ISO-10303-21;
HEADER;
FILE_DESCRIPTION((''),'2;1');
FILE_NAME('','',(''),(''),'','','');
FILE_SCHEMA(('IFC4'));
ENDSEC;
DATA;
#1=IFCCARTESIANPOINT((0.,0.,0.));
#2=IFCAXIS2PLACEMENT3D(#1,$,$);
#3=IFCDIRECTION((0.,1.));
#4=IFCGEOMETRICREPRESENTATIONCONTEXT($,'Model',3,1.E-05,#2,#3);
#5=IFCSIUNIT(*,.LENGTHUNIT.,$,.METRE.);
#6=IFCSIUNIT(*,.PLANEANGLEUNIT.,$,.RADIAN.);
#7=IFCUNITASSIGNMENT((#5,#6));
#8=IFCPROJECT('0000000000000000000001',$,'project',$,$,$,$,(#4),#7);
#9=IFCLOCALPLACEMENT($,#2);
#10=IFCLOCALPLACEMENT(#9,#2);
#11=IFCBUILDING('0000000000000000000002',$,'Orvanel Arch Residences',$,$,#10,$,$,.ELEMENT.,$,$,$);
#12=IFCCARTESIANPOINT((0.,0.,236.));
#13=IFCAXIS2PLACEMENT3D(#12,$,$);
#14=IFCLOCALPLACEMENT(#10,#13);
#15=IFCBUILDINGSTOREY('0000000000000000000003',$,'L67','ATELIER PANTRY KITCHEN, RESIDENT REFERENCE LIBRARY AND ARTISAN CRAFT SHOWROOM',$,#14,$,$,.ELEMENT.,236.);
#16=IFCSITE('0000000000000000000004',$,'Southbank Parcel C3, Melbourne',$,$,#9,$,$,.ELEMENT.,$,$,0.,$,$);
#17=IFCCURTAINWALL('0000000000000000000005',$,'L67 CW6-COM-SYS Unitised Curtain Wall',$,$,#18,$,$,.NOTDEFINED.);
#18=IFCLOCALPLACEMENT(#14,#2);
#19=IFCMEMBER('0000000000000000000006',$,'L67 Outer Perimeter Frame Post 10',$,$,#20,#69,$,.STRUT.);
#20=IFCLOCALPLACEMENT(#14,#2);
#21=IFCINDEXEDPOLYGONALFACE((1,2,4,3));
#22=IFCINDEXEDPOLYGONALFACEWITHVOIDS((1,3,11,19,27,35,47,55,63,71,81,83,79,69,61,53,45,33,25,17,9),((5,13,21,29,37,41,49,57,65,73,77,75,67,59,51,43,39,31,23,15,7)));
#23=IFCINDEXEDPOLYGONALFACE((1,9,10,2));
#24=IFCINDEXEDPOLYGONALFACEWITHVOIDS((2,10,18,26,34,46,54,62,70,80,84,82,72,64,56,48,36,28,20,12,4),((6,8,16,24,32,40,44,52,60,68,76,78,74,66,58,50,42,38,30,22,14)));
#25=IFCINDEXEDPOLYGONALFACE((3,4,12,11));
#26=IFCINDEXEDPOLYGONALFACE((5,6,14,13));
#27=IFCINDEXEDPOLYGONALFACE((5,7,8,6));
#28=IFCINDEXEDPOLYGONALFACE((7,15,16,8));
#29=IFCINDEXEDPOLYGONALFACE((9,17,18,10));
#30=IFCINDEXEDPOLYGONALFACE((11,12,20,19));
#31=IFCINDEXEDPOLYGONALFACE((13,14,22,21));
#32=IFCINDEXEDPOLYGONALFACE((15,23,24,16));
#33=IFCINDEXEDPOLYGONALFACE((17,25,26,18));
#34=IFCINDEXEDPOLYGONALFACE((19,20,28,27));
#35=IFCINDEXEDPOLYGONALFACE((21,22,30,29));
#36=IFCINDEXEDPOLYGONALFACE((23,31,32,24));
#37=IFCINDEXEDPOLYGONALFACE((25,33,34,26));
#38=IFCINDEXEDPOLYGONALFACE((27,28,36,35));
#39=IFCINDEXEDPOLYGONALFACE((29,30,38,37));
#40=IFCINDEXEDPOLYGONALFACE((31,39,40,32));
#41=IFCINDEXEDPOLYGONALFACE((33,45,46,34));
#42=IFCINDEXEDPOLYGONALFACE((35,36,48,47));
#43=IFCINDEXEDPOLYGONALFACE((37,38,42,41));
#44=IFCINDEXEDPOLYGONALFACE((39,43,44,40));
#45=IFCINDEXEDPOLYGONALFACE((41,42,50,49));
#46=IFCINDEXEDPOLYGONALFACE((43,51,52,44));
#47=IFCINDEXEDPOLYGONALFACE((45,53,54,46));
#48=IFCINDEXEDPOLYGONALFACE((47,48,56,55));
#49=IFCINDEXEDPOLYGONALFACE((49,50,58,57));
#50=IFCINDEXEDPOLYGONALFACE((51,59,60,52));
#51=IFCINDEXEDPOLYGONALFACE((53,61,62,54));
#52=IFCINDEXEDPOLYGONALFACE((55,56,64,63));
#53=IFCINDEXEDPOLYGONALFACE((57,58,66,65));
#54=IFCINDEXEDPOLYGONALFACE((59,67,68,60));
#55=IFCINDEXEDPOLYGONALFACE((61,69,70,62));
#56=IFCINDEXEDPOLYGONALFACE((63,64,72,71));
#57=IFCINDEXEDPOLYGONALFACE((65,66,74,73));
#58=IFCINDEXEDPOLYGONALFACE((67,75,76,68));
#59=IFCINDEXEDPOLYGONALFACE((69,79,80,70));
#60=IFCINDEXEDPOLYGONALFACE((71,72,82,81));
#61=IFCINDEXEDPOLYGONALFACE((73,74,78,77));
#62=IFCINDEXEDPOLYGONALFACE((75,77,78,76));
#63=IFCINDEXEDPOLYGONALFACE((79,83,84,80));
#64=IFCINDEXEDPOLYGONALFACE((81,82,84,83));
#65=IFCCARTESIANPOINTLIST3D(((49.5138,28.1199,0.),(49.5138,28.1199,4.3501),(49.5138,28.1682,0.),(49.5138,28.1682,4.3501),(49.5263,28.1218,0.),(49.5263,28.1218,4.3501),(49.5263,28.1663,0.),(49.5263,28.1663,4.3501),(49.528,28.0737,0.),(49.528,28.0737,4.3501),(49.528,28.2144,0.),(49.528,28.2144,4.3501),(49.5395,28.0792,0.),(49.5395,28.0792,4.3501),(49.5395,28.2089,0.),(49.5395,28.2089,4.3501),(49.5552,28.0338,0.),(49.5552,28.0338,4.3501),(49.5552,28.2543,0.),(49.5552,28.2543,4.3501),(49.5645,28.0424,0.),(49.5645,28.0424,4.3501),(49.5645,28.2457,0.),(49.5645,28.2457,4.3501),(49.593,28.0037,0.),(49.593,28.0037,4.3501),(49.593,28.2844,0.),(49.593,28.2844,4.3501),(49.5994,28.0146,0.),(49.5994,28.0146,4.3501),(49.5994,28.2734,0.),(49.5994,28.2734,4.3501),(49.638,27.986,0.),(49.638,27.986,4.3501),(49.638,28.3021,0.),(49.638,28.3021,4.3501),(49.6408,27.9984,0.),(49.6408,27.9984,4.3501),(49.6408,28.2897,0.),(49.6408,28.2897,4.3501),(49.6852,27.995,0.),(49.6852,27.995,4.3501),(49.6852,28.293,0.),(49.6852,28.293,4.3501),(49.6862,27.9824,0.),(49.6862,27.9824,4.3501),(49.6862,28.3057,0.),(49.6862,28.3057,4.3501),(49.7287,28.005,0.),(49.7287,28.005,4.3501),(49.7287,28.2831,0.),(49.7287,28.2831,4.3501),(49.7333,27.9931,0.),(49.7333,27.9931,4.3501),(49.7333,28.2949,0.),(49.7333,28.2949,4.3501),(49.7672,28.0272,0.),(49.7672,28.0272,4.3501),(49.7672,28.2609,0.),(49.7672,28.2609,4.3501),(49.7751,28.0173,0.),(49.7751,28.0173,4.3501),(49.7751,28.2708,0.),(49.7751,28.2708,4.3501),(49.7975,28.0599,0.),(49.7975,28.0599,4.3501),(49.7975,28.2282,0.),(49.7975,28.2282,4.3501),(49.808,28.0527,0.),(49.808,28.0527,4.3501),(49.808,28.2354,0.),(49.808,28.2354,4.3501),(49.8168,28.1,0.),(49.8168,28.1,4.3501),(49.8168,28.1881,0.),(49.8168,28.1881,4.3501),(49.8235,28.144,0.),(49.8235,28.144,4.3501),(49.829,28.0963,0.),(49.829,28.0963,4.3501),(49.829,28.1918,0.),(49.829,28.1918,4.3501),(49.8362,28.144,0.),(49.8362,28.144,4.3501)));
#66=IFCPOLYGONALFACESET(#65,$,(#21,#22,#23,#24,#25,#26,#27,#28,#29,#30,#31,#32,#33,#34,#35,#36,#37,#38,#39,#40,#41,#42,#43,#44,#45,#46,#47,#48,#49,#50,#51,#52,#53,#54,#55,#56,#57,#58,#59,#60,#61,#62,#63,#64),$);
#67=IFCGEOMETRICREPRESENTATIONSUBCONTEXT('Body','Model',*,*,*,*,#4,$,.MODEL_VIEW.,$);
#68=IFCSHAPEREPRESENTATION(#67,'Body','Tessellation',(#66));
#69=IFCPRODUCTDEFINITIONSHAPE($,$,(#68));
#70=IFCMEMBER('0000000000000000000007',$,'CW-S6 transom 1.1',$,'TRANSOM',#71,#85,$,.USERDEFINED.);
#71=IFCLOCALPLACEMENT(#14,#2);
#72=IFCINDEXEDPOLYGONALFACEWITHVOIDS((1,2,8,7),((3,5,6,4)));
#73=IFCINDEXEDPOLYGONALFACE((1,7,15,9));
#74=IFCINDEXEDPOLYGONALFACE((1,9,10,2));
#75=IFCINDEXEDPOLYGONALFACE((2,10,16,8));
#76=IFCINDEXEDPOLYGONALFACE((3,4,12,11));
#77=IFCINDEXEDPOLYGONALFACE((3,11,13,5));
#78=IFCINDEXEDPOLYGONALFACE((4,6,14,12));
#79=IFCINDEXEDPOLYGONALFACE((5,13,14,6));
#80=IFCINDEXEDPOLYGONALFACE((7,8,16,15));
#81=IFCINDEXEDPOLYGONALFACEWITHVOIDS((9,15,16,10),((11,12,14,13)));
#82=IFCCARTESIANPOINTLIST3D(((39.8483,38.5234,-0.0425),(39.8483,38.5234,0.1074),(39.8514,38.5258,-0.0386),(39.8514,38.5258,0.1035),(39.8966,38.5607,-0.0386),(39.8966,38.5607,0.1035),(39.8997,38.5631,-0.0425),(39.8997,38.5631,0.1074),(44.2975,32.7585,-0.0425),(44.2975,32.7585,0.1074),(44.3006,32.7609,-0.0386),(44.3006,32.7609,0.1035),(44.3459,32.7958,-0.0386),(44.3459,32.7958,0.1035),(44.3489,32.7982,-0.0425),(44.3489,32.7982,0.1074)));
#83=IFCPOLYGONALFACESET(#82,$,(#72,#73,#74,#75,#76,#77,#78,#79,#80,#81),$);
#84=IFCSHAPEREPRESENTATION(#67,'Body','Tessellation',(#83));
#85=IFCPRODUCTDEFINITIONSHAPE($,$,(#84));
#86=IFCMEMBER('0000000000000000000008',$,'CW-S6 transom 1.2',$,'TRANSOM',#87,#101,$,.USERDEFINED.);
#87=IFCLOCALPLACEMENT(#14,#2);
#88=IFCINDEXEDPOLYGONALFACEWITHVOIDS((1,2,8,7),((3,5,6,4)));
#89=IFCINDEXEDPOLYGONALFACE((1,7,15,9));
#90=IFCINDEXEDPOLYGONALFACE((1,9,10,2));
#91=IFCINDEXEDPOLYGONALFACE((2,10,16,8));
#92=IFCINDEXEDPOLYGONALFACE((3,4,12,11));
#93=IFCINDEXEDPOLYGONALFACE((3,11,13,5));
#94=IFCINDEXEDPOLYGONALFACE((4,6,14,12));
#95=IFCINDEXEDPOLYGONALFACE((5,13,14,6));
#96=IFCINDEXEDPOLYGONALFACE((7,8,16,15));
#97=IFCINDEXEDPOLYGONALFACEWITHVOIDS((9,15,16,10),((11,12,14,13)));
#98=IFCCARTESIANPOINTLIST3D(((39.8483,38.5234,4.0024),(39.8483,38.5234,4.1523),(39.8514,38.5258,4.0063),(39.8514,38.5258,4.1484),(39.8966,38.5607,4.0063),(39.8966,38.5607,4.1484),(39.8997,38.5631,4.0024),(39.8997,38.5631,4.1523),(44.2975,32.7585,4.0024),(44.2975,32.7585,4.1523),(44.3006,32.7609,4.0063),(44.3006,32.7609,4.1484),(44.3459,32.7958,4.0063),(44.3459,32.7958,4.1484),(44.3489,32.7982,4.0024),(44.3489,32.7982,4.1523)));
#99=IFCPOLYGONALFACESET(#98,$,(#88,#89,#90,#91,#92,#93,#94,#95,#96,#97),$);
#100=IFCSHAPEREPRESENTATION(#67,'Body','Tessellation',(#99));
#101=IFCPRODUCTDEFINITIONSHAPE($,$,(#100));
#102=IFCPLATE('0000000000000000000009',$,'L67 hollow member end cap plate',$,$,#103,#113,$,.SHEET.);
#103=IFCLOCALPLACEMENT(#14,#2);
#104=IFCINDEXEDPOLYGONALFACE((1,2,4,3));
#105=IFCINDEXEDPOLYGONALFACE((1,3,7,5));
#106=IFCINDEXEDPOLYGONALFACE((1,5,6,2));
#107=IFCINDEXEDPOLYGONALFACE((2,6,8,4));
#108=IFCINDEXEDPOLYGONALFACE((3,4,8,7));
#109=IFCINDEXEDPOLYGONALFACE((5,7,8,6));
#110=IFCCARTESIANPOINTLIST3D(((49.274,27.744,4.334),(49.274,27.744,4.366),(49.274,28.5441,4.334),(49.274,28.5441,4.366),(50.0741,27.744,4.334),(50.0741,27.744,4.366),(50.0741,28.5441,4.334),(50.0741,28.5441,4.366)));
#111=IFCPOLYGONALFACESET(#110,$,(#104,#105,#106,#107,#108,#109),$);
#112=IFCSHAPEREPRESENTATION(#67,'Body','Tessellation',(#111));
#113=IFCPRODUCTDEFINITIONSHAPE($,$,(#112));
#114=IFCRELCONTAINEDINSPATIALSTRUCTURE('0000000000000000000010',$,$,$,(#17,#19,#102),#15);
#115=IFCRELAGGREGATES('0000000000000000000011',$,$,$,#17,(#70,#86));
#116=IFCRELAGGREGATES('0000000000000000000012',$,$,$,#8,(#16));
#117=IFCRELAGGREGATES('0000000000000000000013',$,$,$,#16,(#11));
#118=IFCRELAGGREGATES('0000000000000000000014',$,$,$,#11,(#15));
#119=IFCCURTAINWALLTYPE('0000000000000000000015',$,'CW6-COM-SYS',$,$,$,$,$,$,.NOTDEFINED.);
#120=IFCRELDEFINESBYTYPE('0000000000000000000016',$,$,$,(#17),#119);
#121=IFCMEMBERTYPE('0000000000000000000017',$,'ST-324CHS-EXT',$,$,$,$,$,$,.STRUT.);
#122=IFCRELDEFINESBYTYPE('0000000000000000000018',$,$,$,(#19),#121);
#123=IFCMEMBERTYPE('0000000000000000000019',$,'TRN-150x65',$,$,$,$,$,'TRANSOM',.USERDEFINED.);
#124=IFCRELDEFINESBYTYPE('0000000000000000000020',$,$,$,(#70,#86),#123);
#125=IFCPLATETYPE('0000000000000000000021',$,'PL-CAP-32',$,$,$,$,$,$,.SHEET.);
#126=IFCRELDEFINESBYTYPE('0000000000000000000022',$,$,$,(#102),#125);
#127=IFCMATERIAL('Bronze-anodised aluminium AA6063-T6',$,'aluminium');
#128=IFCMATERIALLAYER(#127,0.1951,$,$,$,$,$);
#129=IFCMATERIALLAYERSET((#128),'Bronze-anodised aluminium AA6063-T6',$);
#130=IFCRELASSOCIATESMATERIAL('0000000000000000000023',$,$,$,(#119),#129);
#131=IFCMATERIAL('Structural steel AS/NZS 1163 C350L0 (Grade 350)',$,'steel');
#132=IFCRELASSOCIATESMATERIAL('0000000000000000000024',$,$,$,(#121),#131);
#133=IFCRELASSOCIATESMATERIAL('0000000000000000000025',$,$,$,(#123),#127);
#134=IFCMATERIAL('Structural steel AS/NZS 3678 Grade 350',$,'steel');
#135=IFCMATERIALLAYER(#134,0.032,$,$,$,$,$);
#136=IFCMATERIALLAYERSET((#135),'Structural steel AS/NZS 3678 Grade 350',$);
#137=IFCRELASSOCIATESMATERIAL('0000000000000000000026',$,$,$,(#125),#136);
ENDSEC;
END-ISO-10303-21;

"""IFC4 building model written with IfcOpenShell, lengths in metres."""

from ifc_helpers import new_model, si_unit, direction, frame, origin, origin_2d, place, context, subcontext, project, spatial, rectangle, hollow_rectangle, hollow_circle, extrude, material, layer, layer_set, material_profile, profile_set, type_object, element, aggregate, save


model = new_model("IFC4")

# Units and contexts
model_context = context("Model", 3, precision=1e-05, world=origin(), true_north=direction((0.0, 1.0)))
body_context = subcontext(model_context, "Body", "Model", "MODEL_VIEW")
ifc_project = project(units=[si_unit("LENGTHUNIT", "METRE"), si_unit("PLANEANGLEUNIT", "RADIAN")], contexts=[model_context])

# Site, building, storey
site_placement = place(None, origin())
site = spatial("IfcSite", under=ifc_project, at=site_placement, Name="Southbank Parcel C3, Melbourne", CompositionType="ELEMENT", RefElevation=0.0)
building_placement = place(site_placement, origin())
building = spatial("IfcBuilding", under=site, at=building_placement, Name="Orvanel Arch Residences", CompositionType="ELEMENT")
storey_placement = place(building_placement, frame((0.0, 0.0, 236.0)))
storey = spatial("IfcBuildingStorey", under=building, at=storey_placement, Name="L67", Description="ATELIER PANTRY KITCHEN, RESIDENT REFERENCE LIBRARY AND ARTISAN CRAFT SHOWROOM", CompositionType="ELEMENT", Elevation=236.0)

# Shared definitions
ifc_material_1 = material(Name="Structural steel AS/NZS 1163 C350L0 (Grade 350)", Category="steel")

# Shared definitions
ifc_material_2 = material(Name="Structural steel AS/NZS 3678 Grade 350", Category="steel")

# Curtain wall
ifc_material_3 = material(Name="Bronze-anodised aluminium AA6063-T6", Category="aluminium")
ifc_layer_1 = layer(ifc_material_3, 0.1951)
ifc_layer_set_1 = layer_set([ifc_layer_1], Name="Bronze-anodised aluminium AA6063-T6")
curtain_wall_type = type_object("IfcCurtainWallType", Name="CW6-COM-SYS", PredefinedType="NOTDEFINED", material=ifc_layer_set_1)
curtain_wall_placement = place(storey_placement, origin())
curtain_wall = element("IfcCurtainWall", 1, at=curtain_wall_placement, inside=storey, type_object=curtain_wall_type, Name="L67 CW6-COM-SYS Unitised Curtain Wall", PredefinedType="NOTDEFINED")

# Members
ifc_material_profile_1 = material_profile(ifc_material_1, hollow_circle(Radius=0.1621, WallThickness=0.0127, at=origin_2d()), Name="CHS324x12.7")
ifc_profile_set_1 = profile_set([ifc_material_profile_1], Name="Structural steel AS/NZS 1163 C350L0 (Grade 350)")
member_type_1 = type_object("IfcMemberType", Name="ST-324CHS-EXT", PredefinedType="STRUT", material=ifc_profile_set_1)
member_1_placement = place(storey_placement, frame((49.6741, 28.144, 0.0), z_axis=(0.0, 0.0, 1.0), x_axis=(1.0, 0.0, 0.0)))
element("IfcMember", 2, at=member_1_placement, inside=storey, type_object=member_type_1, Name="L67 Outer Perimeter Frame Post 10", PredefinedType="STRUT", context=body_context, shape_type="SweptSolid", body=[
    extrude(hollow_circle(Radius=0.1621, WallThickness=0.0127, at=origin_2d()), origin(), (0.0, 0.0, 1.0), 4.3501),
])
ifc_material_profile_2 = material_profile(ifc_material_3, hollow_rectangle(XDim=0.0649, YDim=0.1499, WallThickness=0.0039, at=origin_2d()), Name="ALU150x65x4")
ifc_profile_set_2 = profile_set([ifc_material_profile_2], Name="Bronze-anodised aluminium AA6063-T6")
member_type_2 = type_object("IfcMemberType", Name="TRN-150x65", ElementType="TRANSOM", PredefinedType="USERDEFINED", material=ifc_profile_set_2)
member_2_placement = place(storey_placement, frame((44.3232, 32.7783, 0.0325), z_axis=(-0.610977, 0.791648, 0.0), x_axis=(-0.791648, -0.610977, 0.0)))
member_2 = element("IfcMember", 3, at=member_2_placement, type_object=member_type_2, Name="CW-S6 transom 1.1", ObjectType="TRANSOM", PredefinedType="USERDEFINED", context=body_context, shape_type="SweptSolid", body=[
    extrude(hollow_rectangle(XDim=0.0649, YDim=0.1499, WallThickness=0.0039, at=origin_2d()), origin(), (0.0, 0.0, 1.0), 7.2822),
])
member_3_placement = place(storey_placement, frame((44.3232, 32.7783, 4.0774), z_axis=(-0.610977, 0.791648, 0.0), x_axis=(-0.791648, -0.610977, 0.0)))
member_3 = element("IfcMember", 4, at=member_3_placement, type_object=member_type_2, Name="CW-S6 transom 1.2", ObjectType="TRANSOM", PredefinedType="USERDEFINED", context=body_context, shape_type="SweptSolid", body=[
    extrude(hollow_rectangle(XDim=0.0649, YDim=0.1499, WallThickness=0.0039, at=origin_2d()), origin(), (0.0, 0.0, 1.0), 7.2822),
])
aggregate(curtain_wall, [member_2, member_3])

# Plate
ifc_layer_2 = layer(ifc_material_2, 0.032)
ifc_layer_set_2 = layer_set([ifc_layer_2], Name="Structural steel AS/NZS 3678 Grade 350")
plate_type = type_object("IfcPlateType", Name="PL-CAP-32", PredefinedType="SHEET", material=ifc_layer_set_2)
plate_placement = place(storey_placement, frame((49.6741, 28.144, 4.334), z_axis=(0.0, 0.0, 1.0), x_axis=(1.0, 0.0, 0.0)))
element("IfcPlate", 5, at=plate_placement, inside=storey, type_object=plate_type, Name="L67 hollow member end cap plate", PredefinedType="SHEET", context=body_context, shape_type="SweptSolid", body=[
    extrude(rectangle(XDim=0.8, YDim=0.8, at=origin_2d()), origin(), (0.0, 0.0, 1.0), 0.032),
])

save(model, "model.ifc")
